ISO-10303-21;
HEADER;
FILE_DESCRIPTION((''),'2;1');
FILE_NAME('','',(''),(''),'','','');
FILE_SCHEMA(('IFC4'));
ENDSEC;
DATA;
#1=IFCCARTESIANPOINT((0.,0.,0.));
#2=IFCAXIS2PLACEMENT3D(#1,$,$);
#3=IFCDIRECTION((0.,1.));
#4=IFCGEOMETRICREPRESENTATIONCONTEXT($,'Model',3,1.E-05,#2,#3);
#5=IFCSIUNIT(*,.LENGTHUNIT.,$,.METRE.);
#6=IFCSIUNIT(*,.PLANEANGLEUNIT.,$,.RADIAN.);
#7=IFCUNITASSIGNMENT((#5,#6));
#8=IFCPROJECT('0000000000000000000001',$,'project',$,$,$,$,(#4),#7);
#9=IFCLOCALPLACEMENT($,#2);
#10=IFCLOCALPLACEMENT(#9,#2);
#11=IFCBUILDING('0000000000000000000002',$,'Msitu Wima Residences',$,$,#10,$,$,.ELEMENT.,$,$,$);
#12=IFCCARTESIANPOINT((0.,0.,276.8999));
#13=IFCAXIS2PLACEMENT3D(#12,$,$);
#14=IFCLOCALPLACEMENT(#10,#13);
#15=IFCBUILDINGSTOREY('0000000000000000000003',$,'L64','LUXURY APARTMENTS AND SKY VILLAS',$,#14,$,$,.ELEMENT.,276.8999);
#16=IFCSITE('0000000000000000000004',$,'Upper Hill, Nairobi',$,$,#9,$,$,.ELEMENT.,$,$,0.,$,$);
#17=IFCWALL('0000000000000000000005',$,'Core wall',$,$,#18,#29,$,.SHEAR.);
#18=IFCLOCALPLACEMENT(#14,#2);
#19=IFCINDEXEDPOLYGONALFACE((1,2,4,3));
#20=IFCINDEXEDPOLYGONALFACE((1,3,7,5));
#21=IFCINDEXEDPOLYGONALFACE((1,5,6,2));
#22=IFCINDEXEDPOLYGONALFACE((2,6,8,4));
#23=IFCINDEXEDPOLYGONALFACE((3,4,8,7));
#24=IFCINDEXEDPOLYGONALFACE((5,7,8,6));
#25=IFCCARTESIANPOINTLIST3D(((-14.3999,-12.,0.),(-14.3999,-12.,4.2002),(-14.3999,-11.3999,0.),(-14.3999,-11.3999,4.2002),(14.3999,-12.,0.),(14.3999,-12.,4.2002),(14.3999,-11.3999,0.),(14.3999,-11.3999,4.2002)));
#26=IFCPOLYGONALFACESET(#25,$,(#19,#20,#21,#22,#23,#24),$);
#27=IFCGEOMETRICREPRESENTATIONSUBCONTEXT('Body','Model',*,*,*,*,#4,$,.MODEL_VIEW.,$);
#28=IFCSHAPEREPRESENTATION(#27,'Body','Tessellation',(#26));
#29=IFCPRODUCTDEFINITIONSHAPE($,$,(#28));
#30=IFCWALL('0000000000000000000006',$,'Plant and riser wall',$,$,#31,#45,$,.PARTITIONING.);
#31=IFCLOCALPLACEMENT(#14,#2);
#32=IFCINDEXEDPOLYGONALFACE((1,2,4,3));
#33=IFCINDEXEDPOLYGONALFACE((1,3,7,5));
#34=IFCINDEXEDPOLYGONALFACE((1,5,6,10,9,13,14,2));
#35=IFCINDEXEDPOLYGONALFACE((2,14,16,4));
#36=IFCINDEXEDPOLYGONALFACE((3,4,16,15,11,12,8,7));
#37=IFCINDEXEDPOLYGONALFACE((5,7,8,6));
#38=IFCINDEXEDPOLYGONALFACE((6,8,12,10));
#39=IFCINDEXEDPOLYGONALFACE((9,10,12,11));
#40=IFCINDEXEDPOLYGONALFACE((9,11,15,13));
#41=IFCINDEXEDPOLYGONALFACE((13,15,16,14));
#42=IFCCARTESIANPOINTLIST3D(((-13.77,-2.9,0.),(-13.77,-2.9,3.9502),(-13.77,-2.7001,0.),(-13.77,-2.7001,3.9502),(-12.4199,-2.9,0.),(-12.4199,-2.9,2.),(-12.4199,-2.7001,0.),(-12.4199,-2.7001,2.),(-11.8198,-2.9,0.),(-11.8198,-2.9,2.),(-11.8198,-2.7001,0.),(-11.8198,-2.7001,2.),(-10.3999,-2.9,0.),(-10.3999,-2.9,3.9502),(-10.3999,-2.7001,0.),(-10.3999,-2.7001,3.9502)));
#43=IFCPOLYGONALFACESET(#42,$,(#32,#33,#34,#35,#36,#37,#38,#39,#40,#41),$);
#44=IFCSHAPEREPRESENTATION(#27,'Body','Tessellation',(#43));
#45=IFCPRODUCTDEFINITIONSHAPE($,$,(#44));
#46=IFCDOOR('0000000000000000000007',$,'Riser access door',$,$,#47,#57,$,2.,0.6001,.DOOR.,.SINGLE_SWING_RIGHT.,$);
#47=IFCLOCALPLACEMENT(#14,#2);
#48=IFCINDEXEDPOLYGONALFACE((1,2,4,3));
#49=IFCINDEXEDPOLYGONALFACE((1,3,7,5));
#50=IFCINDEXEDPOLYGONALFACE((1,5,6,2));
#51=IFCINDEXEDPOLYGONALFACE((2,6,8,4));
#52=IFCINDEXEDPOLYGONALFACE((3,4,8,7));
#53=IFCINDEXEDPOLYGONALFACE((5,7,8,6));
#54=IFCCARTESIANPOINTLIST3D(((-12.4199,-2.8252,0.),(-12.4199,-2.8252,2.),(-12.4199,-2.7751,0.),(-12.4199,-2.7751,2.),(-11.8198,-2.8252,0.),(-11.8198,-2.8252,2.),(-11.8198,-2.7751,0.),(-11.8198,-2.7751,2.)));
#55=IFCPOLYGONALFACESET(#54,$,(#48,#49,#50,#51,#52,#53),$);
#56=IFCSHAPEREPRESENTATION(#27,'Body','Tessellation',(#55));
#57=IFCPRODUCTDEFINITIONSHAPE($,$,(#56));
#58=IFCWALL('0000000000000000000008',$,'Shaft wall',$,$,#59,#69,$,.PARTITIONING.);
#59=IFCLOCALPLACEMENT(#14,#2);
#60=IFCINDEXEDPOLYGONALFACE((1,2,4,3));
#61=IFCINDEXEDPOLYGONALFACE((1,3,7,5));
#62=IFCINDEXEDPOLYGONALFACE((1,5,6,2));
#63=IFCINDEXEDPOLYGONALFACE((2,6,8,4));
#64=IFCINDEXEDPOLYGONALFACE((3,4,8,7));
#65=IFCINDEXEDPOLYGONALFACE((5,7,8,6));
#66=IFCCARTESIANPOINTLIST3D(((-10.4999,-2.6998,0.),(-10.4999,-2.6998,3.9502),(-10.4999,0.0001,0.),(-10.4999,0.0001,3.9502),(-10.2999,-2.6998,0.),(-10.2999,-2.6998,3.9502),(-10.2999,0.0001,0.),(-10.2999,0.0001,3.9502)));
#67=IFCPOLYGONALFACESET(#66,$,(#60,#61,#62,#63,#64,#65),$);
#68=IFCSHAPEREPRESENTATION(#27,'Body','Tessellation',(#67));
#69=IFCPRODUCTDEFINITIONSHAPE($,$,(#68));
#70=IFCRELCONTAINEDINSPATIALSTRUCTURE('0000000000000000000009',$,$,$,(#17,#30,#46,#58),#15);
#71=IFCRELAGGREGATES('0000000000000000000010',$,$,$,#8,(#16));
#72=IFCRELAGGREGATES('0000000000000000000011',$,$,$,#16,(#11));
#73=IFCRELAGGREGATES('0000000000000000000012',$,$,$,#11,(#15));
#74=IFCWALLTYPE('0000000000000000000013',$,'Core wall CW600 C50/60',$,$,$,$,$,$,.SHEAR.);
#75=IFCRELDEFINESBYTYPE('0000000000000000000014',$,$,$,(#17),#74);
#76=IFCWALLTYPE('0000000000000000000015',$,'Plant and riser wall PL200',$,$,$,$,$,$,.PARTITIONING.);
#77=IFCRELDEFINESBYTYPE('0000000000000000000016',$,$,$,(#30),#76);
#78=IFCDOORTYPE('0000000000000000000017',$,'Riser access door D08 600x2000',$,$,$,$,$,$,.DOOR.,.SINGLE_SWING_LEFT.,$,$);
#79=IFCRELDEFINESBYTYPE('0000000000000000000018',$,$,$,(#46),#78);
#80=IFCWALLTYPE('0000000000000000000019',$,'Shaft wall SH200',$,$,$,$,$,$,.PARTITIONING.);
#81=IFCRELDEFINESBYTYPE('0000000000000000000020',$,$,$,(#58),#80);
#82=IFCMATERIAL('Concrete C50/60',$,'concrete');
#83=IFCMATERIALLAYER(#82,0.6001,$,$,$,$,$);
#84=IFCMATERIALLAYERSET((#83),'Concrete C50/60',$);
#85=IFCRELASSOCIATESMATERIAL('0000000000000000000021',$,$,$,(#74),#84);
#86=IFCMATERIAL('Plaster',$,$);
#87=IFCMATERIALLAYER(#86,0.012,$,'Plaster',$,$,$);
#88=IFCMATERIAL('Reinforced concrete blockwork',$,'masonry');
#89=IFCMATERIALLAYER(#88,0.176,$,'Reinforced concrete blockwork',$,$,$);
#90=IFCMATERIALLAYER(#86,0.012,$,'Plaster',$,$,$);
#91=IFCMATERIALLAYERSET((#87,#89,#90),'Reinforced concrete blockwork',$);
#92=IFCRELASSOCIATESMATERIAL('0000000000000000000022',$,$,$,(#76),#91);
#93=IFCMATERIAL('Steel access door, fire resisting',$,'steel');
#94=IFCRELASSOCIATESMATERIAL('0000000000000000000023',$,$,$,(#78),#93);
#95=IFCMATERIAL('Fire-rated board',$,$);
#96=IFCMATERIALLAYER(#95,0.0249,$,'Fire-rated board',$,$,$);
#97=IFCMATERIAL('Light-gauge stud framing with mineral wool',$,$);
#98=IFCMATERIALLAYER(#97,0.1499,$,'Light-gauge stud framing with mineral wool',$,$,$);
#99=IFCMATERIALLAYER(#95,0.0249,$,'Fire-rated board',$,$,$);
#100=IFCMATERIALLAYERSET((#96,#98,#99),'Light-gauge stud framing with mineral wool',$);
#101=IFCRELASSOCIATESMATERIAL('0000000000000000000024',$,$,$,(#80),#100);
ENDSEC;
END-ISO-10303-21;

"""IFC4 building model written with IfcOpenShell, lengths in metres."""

from ifc_helpers import new_model, si_unit, direction, frame, frame_2d, origin, place, context, subcontext, project, spatial, rectangle, extrude, material, layer, layer_set, type_object, element, fill, save


model = new_model("IFC4")

# Units and contexts
model_context = context("Model", 3, precision=1e-05, world=origin(), true_north=direction((0.0, 1.0)))
body_context = subcontext(model_context, "Body", "Model", "MODEL_VIEW")
ifc_project = project(units=[si_unit("LENGTHUNIT", "METRE"), si_unit("PLANEANGLEUNIT", "RADIAN")], contexts=[model_context])

# Site, building, storey
site_placement = place(None, origin())
site = spatial("IfcSite", under=ifc_project, at=site_placement, Name="Upper Hill, Nairobi", CompositionType="ELEMENT", RefElevation=0.0)
building_placement = place(site_placement, origin())
building = spatial("IfcBuilding", under=site, at=building_placement, Name="Msitu Wima Residences", CompositionType="ELEMENT")
storey_placement = place(building_placement, frame((0.0, 0.0, 276.8999)))
storey = spatial("IfcBuildingStorey", under=building, at=storey_placement, Name="L64", Description="LUXURY APARTMENTS AND SKY VILLAS", CompositionType="ELEMENT", Elevation=276.8999)

# Wall
ifc_material_1 = material(Name="Concrete C50/60", Category="concrete")
ifc_layer_1 = layer(ifc_material_1, 0.6001)
ifc_layer_set_1 = layer_set([ifc_layer_1], Name="Concrete C50/60")
wall_type_1 = type_object("IfcWallType", Name="Core wall CW600 C50/60", PredefinedType="SHEAR", material=ifc_layer_set_1)
wall_1_placement = place(storey_placement, frame((-14.3999, -11.7, 0.0), z_axis=(0.0, 0.0, 1.0), x_axis=(1.0, 0.0, 0.0)))
element("IfcWall", 1, at=wall_1_placement, inside=storey, type_object=wall_type_1, Name="Core wall", PredefinedType="SHEAR", context=body_context, shape_type="SweptSolid", body=[
    extrude(rectangle(XDim=28.7998, YDim=0.6001, at=frame_2d((14.3999, 0.0))), origin(), (0.0, 0.0, 1.0), 4.2002),
])

# Wall, opening, door
ifc_material_2 = material(Name="Plaster")
ifc_layer_2 = layer(ifc_material_2, 0.012, Name="Plaster")
ifc_material_3 = material(Name="Reinforced concrete blockwork", Category="masonry")
ifc_layer_3 = layer(ifc_material_3, 0.176, Name="Reinforced concrete blockwork")
ifc_layer_4 = layer(ifc_material_2, 0.012, Name="Plaster")
ifc_layer_set_2 = layer_set([ifc_layer_2, ifc_layer_3, ifc_layer_4], Name="Reinforced concrete blockwork")
wall_type_2 = type_object("IfcWallType", Name="Plant and riser wall PL200", PredefinedType="PARTITIONING", material=ifc_layer_set_2)
wall_2_placement = place(storey_placement, frame((-13.77, -2.8, 0.0), z_axis=(0.0, 0.0, 1.0), x_axis=(1.0, 0.0, 0.0)))
wall_2 = element("IfcWall", 2, at=wall_2_placement, inside=storey, type_object=wall_type_2, Name="Plant and riser wall", PredefinedType="PARTITIONING", context=body_context, shape_type="SweptSolid", body=[
    extrude(rectangle(XDim=3.3701, YDim=0.2, at=frame_2d((1.6851, 0.0))), origin(), (0.0, 0.0, 1.0), 3.9502),
])
opening_1_placement = place(wall_2_placement, frame((1.3501, 0.0, 0.0)))
opening_1 = element("IfcOpeningElement", 3, at=opening_1_placement, cuts=wall_2, PredefinedType="OPENING", context=body_context, shape_type="SweptSolid", body=[
    extrude(rectangle(XDim=0.6001, YDim=2.0, at=frame_2d((0.3, 1.0))), frame((0.0, 0.1099, 0.0), z_axis=(0.0, -1.0, 0.0), x_axis=(1.0, 0.0, 0.0)), (0.0, 0.0, 1.0), 0.22),
])
ifc_material_4 = material(Name="Steel access door, fire resisting", Category="steel")
door_type_1 = type_object("IfcDoorType", Name="Riser access door D08 600x2000", OperationType="SINGLE_SWING_LEFT", PredefinedType="DOOR", material=ifc_material_4)
door_1_placement = place(opening_1_placement, origin())
door_1 = element("IfcDoor", 4, at=door_1_placement, inside=storey, type_object=door_type_1, Name="Riser access door", OperationType="SINGLE_SWING_RIGHT", OverallHeight=2.0, OverallWidth=0.6001, PredefinedType="DOOR", context=body_context, shape_type="SweptSolid", body=[
    extrude(rectangle(XDim=0.6001, YDim=2.0, at=frame_2d((0.3, 1.0))), frame((0.0, 0.0249, 0.0), z_axis=(0.0, -1.0, 0.0), x_axis=(1.0, 0.0, 0.0)), (0.0, 0.0, 1.0), 0.05),
])
fill(opening_1, door_1)

# Wall
ifc_material_5 = material(Name="Fire-rated board")
ifc_layer_5 = layer(ifc_material_5, 0.0249, Name="Fire-rated board")
ifc_material_6 = material(Name="Light-gauge stud framing with mineral wool")
ifc_layer_6 = layer(ifc_material_6, 0.1499, Name="Light-gauge stud framing with mineral wool")
ifc_layer_7 = layer(ifc_material_5, 0.0249, Name="Fire-rated board")
ifc_layer_set_3 = layer_set([ifc_layer_5, ifc_layer_6, ifc_layer_7], Name="Light-gauge stud framing with mineral wool")
wall_type_3 = type_object("IfcWallType", Name="Shaft wall SH200", PredefinedType="PARTITIONING", material=ifc_layer_set_3)
wall_3_placement = place(storey_placement, frame((-10.3999, -2.7, 0.0), z_axis=(0.0, 0.0, 1.0), x_axis=(0.0, 1.0, 0.0)))
element("IfcWall", 5, at=wall_3_placement, inside=storey, type_object=wall_type_3, Name="Shaft wall", PredefinedType="PARTITIONING", context=body_context, shape_type="SweptSolid", body=[
    extrude(rectangle(XDim=2.7, YDim=0.2, at=frame_2d((1.3501, 0.0))), origin(), (0.0, 0.0, 1.0), 3.9502),
])

save(model, "model.ifc")
